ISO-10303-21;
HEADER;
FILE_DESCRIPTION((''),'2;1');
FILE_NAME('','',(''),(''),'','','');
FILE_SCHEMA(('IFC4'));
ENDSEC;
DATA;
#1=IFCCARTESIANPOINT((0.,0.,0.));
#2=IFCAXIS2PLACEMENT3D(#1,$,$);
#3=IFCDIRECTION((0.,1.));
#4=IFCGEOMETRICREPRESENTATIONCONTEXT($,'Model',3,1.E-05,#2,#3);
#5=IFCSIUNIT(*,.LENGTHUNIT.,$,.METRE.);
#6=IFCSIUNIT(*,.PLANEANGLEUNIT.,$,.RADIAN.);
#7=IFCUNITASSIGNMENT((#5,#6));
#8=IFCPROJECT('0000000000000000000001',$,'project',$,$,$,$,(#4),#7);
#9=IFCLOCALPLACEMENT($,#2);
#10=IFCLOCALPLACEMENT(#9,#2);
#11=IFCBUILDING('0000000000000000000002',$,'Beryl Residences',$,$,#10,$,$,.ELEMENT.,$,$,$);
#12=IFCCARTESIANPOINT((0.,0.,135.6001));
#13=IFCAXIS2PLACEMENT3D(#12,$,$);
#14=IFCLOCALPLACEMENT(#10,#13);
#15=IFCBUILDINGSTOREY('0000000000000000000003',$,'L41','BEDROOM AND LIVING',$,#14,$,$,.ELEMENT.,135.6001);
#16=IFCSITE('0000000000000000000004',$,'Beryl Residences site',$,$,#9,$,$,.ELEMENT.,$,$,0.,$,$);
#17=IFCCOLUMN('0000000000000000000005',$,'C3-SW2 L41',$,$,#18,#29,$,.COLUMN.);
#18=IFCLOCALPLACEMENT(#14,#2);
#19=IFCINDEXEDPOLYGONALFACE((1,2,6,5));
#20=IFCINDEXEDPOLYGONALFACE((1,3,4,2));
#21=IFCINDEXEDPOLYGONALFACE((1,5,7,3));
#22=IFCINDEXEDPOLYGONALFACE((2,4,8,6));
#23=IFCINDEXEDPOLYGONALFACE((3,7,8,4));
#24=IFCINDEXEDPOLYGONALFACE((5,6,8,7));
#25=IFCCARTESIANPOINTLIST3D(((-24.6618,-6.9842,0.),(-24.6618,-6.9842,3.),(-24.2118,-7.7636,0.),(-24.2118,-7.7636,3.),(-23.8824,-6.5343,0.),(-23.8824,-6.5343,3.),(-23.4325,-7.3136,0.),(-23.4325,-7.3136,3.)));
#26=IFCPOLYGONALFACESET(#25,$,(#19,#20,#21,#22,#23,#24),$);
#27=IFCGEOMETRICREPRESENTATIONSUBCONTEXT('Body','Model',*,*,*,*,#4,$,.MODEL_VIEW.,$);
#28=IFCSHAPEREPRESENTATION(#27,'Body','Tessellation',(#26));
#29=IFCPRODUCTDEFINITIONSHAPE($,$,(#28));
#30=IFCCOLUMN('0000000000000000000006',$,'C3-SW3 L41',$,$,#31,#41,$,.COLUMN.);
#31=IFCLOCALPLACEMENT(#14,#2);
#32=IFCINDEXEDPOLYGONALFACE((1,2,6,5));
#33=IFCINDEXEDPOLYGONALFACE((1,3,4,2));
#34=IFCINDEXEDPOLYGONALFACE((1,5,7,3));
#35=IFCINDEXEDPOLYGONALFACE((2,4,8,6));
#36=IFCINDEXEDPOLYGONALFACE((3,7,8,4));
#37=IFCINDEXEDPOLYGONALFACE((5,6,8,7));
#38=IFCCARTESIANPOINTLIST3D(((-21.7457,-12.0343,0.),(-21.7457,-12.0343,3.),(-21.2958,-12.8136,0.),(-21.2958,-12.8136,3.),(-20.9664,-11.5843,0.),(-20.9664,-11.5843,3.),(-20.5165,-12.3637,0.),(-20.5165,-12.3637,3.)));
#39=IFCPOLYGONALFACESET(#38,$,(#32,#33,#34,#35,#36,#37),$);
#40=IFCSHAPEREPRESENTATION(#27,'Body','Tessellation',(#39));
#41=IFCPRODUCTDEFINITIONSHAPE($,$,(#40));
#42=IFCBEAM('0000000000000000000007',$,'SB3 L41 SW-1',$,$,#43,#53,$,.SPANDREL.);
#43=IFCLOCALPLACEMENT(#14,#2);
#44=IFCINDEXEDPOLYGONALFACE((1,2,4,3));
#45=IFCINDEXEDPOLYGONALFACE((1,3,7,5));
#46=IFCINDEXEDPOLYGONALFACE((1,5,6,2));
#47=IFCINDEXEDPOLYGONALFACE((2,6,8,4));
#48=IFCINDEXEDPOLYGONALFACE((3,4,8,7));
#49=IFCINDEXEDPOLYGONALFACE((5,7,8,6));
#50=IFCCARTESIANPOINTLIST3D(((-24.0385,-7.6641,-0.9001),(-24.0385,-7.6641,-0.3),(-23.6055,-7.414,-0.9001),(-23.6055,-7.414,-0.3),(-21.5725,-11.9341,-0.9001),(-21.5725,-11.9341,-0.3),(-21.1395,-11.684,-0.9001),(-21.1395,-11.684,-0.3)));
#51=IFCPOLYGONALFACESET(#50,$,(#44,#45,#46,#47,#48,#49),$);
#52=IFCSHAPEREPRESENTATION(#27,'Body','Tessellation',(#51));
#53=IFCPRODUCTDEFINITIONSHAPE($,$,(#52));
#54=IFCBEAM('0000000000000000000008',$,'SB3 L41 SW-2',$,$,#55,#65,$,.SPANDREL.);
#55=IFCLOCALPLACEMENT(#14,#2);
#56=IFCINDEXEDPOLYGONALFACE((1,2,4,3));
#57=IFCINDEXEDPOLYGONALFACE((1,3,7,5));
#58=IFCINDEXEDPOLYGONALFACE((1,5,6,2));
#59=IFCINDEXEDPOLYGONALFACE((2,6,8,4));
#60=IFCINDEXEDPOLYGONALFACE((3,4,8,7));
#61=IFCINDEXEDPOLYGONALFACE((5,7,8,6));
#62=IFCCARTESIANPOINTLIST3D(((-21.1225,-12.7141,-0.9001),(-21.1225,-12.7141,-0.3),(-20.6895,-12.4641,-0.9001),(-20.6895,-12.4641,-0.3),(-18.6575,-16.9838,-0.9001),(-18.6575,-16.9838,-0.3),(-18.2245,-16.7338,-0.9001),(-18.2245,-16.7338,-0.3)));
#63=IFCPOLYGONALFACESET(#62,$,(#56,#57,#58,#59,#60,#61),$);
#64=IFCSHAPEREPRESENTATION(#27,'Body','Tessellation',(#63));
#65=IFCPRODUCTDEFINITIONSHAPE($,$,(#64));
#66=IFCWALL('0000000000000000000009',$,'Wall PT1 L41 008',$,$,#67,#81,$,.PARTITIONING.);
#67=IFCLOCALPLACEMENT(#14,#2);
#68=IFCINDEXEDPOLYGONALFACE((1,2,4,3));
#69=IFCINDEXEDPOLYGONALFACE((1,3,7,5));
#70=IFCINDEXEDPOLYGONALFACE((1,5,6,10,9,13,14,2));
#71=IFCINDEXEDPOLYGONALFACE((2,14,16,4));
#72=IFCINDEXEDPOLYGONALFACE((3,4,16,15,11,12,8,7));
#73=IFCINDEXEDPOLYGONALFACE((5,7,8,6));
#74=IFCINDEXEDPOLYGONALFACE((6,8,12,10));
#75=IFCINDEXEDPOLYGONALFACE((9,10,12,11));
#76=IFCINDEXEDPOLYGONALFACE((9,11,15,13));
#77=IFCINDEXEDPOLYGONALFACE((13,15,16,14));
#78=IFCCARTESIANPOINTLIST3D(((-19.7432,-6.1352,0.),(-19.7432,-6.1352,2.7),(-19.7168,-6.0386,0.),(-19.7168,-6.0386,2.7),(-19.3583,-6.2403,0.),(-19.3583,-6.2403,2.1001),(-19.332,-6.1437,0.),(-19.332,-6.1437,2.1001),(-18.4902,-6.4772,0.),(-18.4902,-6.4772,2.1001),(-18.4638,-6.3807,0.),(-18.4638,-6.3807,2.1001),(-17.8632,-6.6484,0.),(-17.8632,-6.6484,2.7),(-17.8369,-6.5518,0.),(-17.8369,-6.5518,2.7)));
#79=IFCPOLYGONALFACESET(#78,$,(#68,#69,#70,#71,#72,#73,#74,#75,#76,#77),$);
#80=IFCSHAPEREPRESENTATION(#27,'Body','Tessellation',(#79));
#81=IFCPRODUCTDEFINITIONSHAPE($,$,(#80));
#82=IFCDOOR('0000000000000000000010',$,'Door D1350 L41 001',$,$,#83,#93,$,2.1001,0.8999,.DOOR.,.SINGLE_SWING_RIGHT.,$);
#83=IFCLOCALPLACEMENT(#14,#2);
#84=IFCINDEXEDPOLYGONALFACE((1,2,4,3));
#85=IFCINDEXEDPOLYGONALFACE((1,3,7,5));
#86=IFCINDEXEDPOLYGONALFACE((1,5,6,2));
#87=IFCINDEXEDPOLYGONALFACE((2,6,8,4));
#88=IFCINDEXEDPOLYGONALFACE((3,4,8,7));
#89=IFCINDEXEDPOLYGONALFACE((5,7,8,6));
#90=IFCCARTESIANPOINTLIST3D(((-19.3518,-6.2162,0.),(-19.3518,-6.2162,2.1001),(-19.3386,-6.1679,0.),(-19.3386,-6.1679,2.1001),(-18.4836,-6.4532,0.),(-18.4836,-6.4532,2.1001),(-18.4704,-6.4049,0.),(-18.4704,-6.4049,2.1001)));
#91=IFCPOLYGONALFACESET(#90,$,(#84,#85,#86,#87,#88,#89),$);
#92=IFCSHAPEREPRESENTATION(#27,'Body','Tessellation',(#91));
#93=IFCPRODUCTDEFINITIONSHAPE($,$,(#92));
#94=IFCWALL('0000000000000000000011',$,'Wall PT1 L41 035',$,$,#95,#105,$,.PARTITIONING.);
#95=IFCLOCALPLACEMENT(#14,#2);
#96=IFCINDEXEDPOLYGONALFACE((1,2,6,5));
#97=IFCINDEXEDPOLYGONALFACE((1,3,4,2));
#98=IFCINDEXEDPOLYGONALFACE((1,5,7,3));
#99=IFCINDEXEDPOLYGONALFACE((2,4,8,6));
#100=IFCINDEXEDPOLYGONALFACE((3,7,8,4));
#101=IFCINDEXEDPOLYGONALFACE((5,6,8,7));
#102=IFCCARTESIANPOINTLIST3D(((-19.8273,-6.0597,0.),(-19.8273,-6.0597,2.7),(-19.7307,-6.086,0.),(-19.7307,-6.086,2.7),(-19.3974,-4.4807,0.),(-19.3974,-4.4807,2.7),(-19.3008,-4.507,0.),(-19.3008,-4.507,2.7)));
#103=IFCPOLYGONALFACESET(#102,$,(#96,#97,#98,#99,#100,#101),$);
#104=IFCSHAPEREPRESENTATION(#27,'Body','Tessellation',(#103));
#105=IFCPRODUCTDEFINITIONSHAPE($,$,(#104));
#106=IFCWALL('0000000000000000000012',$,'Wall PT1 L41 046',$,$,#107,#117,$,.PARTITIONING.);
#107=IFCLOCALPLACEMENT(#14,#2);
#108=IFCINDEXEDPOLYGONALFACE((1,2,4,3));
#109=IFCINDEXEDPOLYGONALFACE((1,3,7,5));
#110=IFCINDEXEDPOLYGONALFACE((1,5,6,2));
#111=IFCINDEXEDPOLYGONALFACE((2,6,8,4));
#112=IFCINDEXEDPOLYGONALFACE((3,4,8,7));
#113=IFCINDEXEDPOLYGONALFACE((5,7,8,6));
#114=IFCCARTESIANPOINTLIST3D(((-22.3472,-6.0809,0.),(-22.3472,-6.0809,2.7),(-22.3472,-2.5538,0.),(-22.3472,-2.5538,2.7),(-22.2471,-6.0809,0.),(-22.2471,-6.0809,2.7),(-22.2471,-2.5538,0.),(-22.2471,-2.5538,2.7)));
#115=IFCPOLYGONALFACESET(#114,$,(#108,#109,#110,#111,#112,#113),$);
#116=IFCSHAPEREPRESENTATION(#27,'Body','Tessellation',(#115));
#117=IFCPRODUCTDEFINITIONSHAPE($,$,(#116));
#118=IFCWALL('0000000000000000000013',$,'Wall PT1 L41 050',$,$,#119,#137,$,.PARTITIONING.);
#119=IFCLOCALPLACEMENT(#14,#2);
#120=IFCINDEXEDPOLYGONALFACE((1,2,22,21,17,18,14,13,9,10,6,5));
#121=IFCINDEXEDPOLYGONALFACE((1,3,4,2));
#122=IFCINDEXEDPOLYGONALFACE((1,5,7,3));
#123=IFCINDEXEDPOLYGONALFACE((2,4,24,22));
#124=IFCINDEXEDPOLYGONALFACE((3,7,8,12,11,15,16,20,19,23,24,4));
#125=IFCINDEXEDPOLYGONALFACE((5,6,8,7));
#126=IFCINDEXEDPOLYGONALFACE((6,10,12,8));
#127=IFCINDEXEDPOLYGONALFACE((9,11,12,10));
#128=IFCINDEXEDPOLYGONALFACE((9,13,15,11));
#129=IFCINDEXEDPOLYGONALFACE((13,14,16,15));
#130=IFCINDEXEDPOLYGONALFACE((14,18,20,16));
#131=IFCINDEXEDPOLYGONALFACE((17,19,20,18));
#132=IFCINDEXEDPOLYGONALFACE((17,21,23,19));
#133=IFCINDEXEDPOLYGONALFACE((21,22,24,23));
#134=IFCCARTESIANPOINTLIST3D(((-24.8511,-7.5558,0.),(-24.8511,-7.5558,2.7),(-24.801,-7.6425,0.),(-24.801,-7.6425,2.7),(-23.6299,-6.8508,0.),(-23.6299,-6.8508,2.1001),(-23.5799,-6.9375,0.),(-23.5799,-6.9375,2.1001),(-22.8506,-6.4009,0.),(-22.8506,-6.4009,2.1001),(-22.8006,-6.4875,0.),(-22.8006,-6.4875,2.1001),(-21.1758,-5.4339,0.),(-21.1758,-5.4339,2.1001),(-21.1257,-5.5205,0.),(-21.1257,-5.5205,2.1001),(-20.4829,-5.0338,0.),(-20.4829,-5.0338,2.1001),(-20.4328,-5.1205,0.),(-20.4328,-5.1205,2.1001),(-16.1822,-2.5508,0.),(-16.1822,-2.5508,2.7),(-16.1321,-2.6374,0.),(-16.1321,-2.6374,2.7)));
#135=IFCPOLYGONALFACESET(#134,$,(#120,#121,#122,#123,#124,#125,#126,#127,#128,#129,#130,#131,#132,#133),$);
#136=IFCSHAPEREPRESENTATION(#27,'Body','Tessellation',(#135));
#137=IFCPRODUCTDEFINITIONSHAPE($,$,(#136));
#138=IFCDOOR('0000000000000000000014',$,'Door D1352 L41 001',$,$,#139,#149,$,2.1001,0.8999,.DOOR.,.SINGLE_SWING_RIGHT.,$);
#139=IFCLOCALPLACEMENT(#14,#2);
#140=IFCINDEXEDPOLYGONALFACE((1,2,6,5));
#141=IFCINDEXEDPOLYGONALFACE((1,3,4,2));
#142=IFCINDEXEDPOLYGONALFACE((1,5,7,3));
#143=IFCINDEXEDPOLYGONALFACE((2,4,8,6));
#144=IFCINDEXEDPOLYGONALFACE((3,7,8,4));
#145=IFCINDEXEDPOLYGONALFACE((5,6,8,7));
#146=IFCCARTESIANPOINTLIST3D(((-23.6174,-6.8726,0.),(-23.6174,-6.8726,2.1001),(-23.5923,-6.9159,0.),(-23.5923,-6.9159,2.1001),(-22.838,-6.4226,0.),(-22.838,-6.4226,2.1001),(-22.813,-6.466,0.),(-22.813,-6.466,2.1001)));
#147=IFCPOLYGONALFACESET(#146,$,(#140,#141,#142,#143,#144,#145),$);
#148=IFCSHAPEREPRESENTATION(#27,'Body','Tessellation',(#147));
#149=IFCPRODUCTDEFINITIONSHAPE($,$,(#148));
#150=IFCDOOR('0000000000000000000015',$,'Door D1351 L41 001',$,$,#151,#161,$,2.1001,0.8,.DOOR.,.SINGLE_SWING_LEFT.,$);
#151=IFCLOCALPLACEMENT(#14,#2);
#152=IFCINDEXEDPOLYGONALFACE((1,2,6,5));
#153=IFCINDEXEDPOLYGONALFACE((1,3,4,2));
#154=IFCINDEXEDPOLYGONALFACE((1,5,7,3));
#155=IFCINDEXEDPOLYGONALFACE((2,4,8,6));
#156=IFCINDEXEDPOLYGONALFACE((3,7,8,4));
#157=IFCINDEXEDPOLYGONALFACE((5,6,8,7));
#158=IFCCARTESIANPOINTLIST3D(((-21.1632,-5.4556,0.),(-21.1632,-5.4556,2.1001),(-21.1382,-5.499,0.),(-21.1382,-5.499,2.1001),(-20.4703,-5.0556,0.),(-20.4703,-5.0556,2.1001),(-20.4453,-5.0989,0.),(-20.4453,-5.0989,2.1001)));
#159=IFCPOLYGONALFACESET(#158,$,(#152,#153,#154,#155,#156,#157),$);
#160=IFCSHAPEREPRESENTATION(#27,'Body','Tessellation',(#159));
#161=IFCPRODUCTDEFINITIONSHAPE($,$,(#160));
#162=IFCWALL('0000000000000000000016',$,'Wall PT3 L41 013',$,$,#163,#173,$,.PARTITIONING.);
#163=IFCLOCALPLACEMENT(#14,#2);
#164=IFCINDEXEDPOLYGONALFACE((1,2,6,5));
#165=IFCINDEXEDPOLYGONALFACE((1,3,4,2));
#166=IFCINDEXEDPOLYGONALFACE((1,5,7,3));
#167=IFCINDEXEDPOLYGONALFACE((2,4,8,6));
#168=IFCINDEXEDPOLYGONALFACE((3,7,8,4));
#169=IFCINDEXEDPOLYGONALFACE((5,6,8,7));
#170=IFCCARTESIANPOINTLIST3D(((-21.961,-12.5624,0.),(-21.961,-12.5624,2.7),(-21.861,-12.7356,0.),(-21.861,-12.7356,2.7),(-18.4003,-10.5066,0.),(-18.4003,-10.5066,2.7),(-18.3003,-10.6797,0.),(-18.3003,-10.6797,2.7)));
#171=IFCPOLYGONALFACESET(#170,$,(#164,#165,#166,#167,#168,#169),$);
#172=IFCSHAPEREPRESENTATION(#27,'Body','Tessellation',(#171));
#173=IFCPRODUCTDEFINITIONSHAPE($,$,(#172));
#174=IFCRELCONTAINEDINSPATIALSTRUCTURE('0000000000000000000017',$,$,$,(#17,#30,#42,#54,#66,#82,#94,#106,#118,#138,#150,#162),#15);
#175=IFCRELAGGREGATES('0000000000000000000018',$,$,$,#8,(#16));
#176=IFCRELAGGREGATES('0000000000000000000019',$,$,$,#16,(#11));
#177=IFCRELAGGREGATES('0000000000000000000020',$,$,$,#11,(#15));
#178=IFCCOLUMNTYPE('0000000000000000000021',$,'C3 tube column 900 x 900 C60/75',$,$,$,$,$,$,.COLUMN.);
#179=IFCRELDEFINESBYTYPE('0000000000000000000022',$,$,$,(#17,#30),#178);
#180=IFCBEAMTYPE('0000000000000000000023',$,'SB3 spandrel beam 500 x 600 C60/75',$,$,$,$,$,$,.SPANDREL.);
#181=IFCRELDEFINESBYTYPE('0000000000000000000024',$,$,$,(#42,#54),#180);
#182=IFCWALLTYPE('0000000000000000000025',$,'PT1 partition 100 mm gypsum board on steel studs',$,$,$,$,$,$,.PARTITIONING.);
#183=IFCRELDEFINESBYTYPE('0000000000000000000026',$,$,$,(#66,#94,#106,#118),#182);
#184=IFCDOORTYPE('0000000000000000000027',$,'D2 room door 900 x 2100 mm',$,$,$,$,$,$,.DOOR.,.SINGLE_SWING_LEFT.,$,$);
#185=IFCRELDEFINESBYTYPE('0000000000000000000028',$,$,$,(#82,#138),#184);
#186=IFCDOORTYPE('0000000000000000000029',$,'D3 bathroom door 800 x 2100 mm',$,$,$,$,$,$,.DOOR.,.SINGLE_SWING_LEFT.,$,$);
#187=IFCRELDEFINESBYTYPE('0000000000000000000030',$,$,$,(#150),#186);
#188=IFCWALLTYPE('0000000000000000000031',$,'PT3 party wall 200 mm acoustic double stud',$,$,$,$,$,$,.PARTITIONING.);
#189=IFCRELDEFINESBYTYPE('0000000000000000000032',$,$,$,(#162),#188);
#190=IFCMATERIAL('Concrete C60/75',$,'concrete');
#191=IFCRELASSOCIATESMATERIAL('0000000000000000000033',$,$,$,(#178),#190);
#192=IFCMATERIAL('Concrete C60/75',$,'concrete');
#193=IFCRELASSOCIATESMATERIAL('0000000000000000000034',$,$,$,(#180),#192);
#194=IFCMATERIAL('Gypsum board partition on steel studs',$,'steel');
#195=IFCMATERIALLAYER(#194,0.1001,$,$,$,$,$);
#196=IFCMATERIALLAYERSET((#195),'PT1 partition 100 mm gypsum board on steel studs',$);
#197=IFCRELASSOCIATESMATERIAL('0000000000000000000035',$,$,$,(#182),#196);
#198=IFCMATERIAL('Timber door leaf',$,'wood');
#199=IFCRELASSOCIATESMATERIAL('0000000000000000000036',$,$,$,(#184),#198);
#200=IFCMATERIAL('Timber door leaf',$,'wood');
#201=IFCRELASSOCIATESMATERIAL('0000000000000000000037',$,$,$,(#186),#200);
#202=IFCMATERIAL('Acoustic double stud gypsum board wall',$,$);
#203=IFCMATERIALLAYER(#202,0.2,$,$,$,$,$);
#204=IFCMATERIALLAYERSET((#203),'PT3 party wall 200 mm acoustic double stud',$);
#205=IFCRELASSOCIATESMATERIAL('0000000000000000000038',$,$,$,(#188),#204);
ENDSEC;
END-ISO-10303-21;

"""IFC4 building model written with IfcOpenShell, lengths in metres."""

from ifc_helpers import new_model, si_unit, direction, frame, frame_2d, origin, origin_2d, place, context, subcontext, project, spatial, rectangle, extrude, material, layer, layer_set, material_profile, profile_set, type_object, element, fill, save


model = new_model("IFC4")

# Units and contexts
model_context = context("Model", 3, precision=1e-05, world=origin(), true_north=direction((0.0, 1.0)))
body_context = subcontext(model_context, "Body", "Model", "MODEL_VIEW")
ifc_project = project(units=[si_unit("LENGTHUNIT", "METRE"), si_unit("PLANEANGLEUNIT", "RADIAN")], contexts=[model_context])

# Site, building, storey
site_placement = place(None, origin())
site = spatial("IfcSite", under=ifc_project, at=site_placement, Name="Beryl Residences site", CompositionType="ELEMENT", RefElevation=0.0)
building_placement = place(site_placement, origin())
building = spatial("IfcBuilding", under=site, at=building_placement, Name="Beryl Residences", CompositionType="ELEMENT")
storey_placement = place(building_placement, frame((0.0, 0.0, 135.6001)))
storey = spatial("IfcBuildingStorey", under=building, at=storey_placement, Name="L41", Description="BEDROOM AND LIVING", CompositionType="ELEMENT", Elevation=135.6001)

# Columns
ifc_material_1 = material(Name="Concrete C60/75", Category="concrete")
ifc_material_profile_1 = material_profile(ifc_material_1, rectangle(XDim=0.8999, YDim=0.8999, at=origin_2d()))
ifc_profile_set_1 = profile_set([ifc_material_profile_1], Name="Concrete C60/75")
column_type = type_object("IfcColumnType", Name="C3 tube column 900 x 900 C60/75", PredefinedType="COLUMN", material=ifc_profile_set_1)
for number, where, z_axis, x_axis, name in (
    (1, (-24.0471, -7.1489, 0.0), (0.0, 0.0, 1.0), (0.5, -0.866025, 0.0), "C3-SW2 L41"),
    (2, (-21.1311, -12.199, 0.0), (0.0, 0.0, 1.0), (0.5, -0.866025, 0.0), "C3-SW3 L41"),
):
    element("IfcColumn", number, at=place(storey_placement, frame(where, z_axis=z_axis, x_axis=x_axis)), inside=storey, type_object=column_type, Name=name, PredefinedType="COLUMN", context=body_context, shape_type="SweptSolid", body=[
        extrude(rectangle(XDim=0.8999, YDim=0.8999, at=origin_2d()), origin(), (0.0, 0.0, 1.0), 3.0),
    ])

# Beams
ifc_material_2 = material(Name="Concrete C60/75", Category="concrete")
ifc_material_profile_2 = material_profile(ifc_material_2, rectangle(XDim=0.5, YDim=0.6001, at=origin_2d()))
ifc_profile_set_2 = profile_set([ifc_material_profile_2], Name="Concrete C60/75")
beam_type = type_object("IfcBeamType", Name="SB3 spandrel beam 500 x 600 C60/75", PredefinedType="SPANDREL", material=ifc_profile_set_2)
beam_1_placement = place(storey_placement, frame((-23.822, -7.5391, -0.6001), z_axis=(0.500117, -0.865958, 0.0), x_axis=(0.865958, 0.500117, 0.0)))
element("IfcBeam", 3, at=beam_1_placement, inside=storey, type_object=beam_type, Name="SB3 L41 SW-1", PredefinedType="SPANDREL", context=body_context, shape_type="SweptSolid", body=[
    extrude(rectangle(XDim=0.5, YDim=0.6001, at=origin_2d()), origin(), (0.0, 0.0, 1.0), 4.9309),
])
beam_2_placement = place(storey_placement, frame((-20.906, -12.5891, -0.6001), z_axis=(0.49999, -0.866031, 0.0), x_axis=(0.866031, 0.49999, 0.0)))
element("IfcBeam", 4, at=beam_2_placement, inside=storey, type_object=beam_type, Name="SB3 L41 SW-2", PredefinedType="SPANDREL", context=body_context, shape_type="SweptSolid", body=[
    extrude(rectangle(XDim=0.5, YDim=0.6001, at=origin_2d()), origin(), (0.0, 0.0, 1.0), 4.9302),
])

# Wall, opening, door
ifc_material_3 = material(Name="Gypsum board partition on steel studs", Category="steel")
ifc_layer_1 = layer(ifc_material_3, 0.1001)
ifc_layer_set_1 = layer_set([ifc_layer_1], Name="PT1 partition 100 mm gypsum board on steel studs")
wall_type_1 = type_object("IfcWallType", Name="PT1 partition 100 mm gypsum board on steel studs", PredefinedType="PARTITIONING", material=ifc_layer_set_1)
wall_1_placement = place(storey_placement, frame((-19.73, -6.0869, 0.0), z_axis=(0.0, 0.0, 1.0), x_axis=(0.9647, -0.263351, 0.0)))
wall_1 = element("IfcWall", 5, at=wall_1_placement, inside=storey, type_object=wall_type_1, Name="Wall PT1 L41 008", PredefinedType="PARTITIONING", context=body_context, shape_type="SweptSolid", body=[
    extrude(rectangle(XDim=1.9487, YDim=0.1001, at=frame_2d((0.9744, 0.0))), origin(), (0.0, 0.0, 1.0), 2.7),
])
opening_1_placement = place(wall_1_placement, frame((0.3989, 0.0, 0.0)))
opening_1 = element("IfcOpeningElement", 6, at=opening_1_placement, cuts=wall_1, PredefinedType="OPENING", context=body_context, shape_type="SweptSolid", body=[
    extrude(rectangle(XDim=0.8999, YDim=2.1001, at=frame_2d((0.45, 1.05))), frame((0.0, 0.0601, 0.0), z_axis=(0.0, -1.0, 0.0), x_axis=(1.0, 0.0, 0.0)), (0.0, 0.0, 1.0), 0.1201),
])
ifc_material_4 = material(Name="Timber door leaf", Category="wood")
door_type_1 = type_object("IfcDoorType", Name="D2 room door 900 x 2100 mm", OperationType="SINGLE_SWING_LEFT", PredefinedType="DOOR", material=ifc_material_4)
door_1_placement = place(opening_1_placement, origin())
door_1 = element("IfcDoor", 7, at=door_1_placement, inside=storey, type_object=door_type_1, Name="Door D1350 L41 001", OperationType="SINGLE_SWING_RIGHT", OverallHeight=2.1001, OverallWidth=0.8999, PredefinedType="DOOR", context=body_context, shape_type="SweptSolid", body=[
    extrude(rectangle(XDim=0.8999, YDim=2.1001, at=frame_2d((0.45, 1.05))), frame((0.0, 0.0249, 0.0), z_axis=(0.0, -1.0, 0.0), x_axis=(1.0, 0.0, 0.0)), (0.0, 0.0, 1.0), 0.05),
])
fill(opening_1, door_1)

# Walls
wall_2_placement = place(storey_placement, frame((-19.7791, -6.073, 0.0), z_axis=(0.0, 0.0, 1.0), x_axis=(0.262701, 0.964877, 0.0)))
element("IfcWall", 8, at=wall_2_placement, inside=storey, type_object=wall_type_1, Name="Wall PT1 L41 035", PredefinedType="PARTITIONING", context=body_context, shape_type="SweptSolid", body=[
    extrude(rectangle(XDim=1.6365, YDim=0.1001, at=frame_2d((0.8184, 0.0))), origin(), (0.0, 0.0, 1.0), 2.7),
])
wall_3_placement = place(storey_placement, frame((-22.2971, -6.0811, 0.0), z_axis=(0.0, 0.0, 1.0), x_axis=(0.0, 1.0, 0.0)))
element("IfcWall", 9, at=wall_3_placement, inside=storey, type_object=wall_type_1, Name="Wall PT1 L41 046", PredefinedType="PARTITIONING", context=body_context, shape_type="SweptSolid", body=[
    extrude(rectangle(XDim=3.5271, YDim=0.1001, at=frame_2d((1.7637, 0.0))), origin(), (0.0, 0.0, 1.0), 2.7),
])

# Wall, openings, doors
wall_4_placement = place(storey_placement, frame((-24.8259, -7.5991, 0.0), z_axis=(0.0, 0.0, 1.0), x_axis=(0.866021, 0.500008, 0.0)))
wall_4 = element("IfcWall", 10, at=wall_4_placement, inside=storey, type_object=wall_type_1, Name="Wall PT1 L41 050", PredefinedType="PARTITIONING", context=body_context, shape_type="SweptSolid", body=[
    extrude(rectangle(XDim=10.01, YDim=0.1001, at=frame_2d((5.0049, 0.0))), origin(), (0.0, 0.0, 1.0), 2.7),
])
opening_2_placement = place(wall_4_placement, frame((4.2439, 0.0, 0.0)))
opening_2 = element("IfcOpeningElement", 11, at=opening_2_placement, cuts=wall_4, PredefinedType="OPENING", context=body_context, shape_type="SweptSolid", body=[
    extrude(rectangle(XDim=0.8, YDim=2.1001, at=frame_2d((0.3999, 1.05))), frame((0.0, 0.0601, 0.0), z_axis=(0.0, -1.0, 0.0), x_axis=(1.0, 0.0, 0.0)), (0.0, 0.0, 1.0), 0.1201),
])
opening_3_placement = place(wall_4_placement, frame((1.4099, 0.0, 0.0)))
opening_3 = element("IfcOpeningElement", 12, at=opening_3_placement, cuts=wall_4, PredefinedType="OPENING", context=body_context, shape_type="SweptSolid", body=[
    extrude(rectangle(XDim=0.8999, YDim=2.1001, at=frame_2d((0.45, 1.05))), frame((0.0, 0.0601, 0.0), z_axis=(0.0, -1.0, 0.0), x_axis=(1.0, 0.0, 0.0)), (0.0, 0.0, 1.0), 0.1201),
])
door_2_placement = place(opening_3_placement, origin())
door_2 = element("IfcDoor", 13, at=door_2_placement, inside=storey, type_object=door_type_1, Name="Door D1352 L41 001", OperationType="SINGLE_SWING_RIGHT", OverallHeight=2.1001, OverallWidth=0.8999, PredefinedType="DOOR", context=body_context, shape_type="SweptSolid", body=[
    extrude(rectangle(XDim=0.8999, YDim=2.1001, at=frame_2d((0.45, 1.05))), frame((0.0, 0.0249, 0.0), z_axis=(0.0, -1.0, 0.0), x_axis=(1.0, 0.0, 0.0)), (0.0, 0.0, 1.0), 0.05),
])
fill(opening_3, door_2)
ifc_material_5 = material(Name="Timber door leaf", Category="wood")
door_type_2 = type_object("IfcDoorType", Name="D3 bathroom door 800 x 2100 mm", OperationType="SINGLE_SWING_LEFT", PredefinedType="DOOR", material=ifc_material_5)
door_3_placement = place(opening_2_placement, origin())
door_3 = element("IfcDoor", 14, at=door_3_placement, inside=storey, type_object=door_type_2, Name="Door D1351 L41 001", OperationType="SINGLE_SWING_LEFT", OverallHeight=2.1001, OverallWidth=0.8, PredefinedType="DOOR", context=body_context, shape_type="SweptSolid", body=[
    extrude(rectangle(XDim=0.8, YDim=2.1001, at=frame_2d((0.3999, 1.05))), frame((0.0, 0.0249, 0.0), z_axis=(0.0, -1.0, 0.0), x_axis=(1.0, 0.0, 0.0)), (0.0, 0.0, 1.0), 0.05),
])
fill(opening_2, door_3)

# Wall
ifc_material_6 = material(Name="Acoustic double stud gypsum board wall")
ifc_layer_2 = layer(ifc_material_6, 0.2)
ifc_layer_set_2 = layer_set([ifc_layer_2], Name="PT3 party wall 200 mm acoustic double stud")
wall_type_2 = type_object("IfcWallType", Name="PT3 party wall 200 mm acoustic double stud", PredefinedType="PARTITIONING", material=ifc_layer_set_2)
wall_5_placement = place(storey_placement, frame((-21.9109, -12.6489, 0.0), z_axis=(0.0, 0.0, 1.0), x_axis=(0.866016, 0.500015, 0.0)))
element("IfcWall", 15, at=wall_5_placement, inside=storey, type_object=wall_type_2, Name="Wall PT3 L41 013", PredefinedType="PARTITIONING", context=body_context, shape_type="SweptSolid", body=[
    extrude(rectangle(XDim=4.1116, YDim=0.2, at=frame_2d((2.0557, 0.0))), origin(), (0.0, 0.0, 1.0), 2.7),
])

save(model, "model.ifc")
